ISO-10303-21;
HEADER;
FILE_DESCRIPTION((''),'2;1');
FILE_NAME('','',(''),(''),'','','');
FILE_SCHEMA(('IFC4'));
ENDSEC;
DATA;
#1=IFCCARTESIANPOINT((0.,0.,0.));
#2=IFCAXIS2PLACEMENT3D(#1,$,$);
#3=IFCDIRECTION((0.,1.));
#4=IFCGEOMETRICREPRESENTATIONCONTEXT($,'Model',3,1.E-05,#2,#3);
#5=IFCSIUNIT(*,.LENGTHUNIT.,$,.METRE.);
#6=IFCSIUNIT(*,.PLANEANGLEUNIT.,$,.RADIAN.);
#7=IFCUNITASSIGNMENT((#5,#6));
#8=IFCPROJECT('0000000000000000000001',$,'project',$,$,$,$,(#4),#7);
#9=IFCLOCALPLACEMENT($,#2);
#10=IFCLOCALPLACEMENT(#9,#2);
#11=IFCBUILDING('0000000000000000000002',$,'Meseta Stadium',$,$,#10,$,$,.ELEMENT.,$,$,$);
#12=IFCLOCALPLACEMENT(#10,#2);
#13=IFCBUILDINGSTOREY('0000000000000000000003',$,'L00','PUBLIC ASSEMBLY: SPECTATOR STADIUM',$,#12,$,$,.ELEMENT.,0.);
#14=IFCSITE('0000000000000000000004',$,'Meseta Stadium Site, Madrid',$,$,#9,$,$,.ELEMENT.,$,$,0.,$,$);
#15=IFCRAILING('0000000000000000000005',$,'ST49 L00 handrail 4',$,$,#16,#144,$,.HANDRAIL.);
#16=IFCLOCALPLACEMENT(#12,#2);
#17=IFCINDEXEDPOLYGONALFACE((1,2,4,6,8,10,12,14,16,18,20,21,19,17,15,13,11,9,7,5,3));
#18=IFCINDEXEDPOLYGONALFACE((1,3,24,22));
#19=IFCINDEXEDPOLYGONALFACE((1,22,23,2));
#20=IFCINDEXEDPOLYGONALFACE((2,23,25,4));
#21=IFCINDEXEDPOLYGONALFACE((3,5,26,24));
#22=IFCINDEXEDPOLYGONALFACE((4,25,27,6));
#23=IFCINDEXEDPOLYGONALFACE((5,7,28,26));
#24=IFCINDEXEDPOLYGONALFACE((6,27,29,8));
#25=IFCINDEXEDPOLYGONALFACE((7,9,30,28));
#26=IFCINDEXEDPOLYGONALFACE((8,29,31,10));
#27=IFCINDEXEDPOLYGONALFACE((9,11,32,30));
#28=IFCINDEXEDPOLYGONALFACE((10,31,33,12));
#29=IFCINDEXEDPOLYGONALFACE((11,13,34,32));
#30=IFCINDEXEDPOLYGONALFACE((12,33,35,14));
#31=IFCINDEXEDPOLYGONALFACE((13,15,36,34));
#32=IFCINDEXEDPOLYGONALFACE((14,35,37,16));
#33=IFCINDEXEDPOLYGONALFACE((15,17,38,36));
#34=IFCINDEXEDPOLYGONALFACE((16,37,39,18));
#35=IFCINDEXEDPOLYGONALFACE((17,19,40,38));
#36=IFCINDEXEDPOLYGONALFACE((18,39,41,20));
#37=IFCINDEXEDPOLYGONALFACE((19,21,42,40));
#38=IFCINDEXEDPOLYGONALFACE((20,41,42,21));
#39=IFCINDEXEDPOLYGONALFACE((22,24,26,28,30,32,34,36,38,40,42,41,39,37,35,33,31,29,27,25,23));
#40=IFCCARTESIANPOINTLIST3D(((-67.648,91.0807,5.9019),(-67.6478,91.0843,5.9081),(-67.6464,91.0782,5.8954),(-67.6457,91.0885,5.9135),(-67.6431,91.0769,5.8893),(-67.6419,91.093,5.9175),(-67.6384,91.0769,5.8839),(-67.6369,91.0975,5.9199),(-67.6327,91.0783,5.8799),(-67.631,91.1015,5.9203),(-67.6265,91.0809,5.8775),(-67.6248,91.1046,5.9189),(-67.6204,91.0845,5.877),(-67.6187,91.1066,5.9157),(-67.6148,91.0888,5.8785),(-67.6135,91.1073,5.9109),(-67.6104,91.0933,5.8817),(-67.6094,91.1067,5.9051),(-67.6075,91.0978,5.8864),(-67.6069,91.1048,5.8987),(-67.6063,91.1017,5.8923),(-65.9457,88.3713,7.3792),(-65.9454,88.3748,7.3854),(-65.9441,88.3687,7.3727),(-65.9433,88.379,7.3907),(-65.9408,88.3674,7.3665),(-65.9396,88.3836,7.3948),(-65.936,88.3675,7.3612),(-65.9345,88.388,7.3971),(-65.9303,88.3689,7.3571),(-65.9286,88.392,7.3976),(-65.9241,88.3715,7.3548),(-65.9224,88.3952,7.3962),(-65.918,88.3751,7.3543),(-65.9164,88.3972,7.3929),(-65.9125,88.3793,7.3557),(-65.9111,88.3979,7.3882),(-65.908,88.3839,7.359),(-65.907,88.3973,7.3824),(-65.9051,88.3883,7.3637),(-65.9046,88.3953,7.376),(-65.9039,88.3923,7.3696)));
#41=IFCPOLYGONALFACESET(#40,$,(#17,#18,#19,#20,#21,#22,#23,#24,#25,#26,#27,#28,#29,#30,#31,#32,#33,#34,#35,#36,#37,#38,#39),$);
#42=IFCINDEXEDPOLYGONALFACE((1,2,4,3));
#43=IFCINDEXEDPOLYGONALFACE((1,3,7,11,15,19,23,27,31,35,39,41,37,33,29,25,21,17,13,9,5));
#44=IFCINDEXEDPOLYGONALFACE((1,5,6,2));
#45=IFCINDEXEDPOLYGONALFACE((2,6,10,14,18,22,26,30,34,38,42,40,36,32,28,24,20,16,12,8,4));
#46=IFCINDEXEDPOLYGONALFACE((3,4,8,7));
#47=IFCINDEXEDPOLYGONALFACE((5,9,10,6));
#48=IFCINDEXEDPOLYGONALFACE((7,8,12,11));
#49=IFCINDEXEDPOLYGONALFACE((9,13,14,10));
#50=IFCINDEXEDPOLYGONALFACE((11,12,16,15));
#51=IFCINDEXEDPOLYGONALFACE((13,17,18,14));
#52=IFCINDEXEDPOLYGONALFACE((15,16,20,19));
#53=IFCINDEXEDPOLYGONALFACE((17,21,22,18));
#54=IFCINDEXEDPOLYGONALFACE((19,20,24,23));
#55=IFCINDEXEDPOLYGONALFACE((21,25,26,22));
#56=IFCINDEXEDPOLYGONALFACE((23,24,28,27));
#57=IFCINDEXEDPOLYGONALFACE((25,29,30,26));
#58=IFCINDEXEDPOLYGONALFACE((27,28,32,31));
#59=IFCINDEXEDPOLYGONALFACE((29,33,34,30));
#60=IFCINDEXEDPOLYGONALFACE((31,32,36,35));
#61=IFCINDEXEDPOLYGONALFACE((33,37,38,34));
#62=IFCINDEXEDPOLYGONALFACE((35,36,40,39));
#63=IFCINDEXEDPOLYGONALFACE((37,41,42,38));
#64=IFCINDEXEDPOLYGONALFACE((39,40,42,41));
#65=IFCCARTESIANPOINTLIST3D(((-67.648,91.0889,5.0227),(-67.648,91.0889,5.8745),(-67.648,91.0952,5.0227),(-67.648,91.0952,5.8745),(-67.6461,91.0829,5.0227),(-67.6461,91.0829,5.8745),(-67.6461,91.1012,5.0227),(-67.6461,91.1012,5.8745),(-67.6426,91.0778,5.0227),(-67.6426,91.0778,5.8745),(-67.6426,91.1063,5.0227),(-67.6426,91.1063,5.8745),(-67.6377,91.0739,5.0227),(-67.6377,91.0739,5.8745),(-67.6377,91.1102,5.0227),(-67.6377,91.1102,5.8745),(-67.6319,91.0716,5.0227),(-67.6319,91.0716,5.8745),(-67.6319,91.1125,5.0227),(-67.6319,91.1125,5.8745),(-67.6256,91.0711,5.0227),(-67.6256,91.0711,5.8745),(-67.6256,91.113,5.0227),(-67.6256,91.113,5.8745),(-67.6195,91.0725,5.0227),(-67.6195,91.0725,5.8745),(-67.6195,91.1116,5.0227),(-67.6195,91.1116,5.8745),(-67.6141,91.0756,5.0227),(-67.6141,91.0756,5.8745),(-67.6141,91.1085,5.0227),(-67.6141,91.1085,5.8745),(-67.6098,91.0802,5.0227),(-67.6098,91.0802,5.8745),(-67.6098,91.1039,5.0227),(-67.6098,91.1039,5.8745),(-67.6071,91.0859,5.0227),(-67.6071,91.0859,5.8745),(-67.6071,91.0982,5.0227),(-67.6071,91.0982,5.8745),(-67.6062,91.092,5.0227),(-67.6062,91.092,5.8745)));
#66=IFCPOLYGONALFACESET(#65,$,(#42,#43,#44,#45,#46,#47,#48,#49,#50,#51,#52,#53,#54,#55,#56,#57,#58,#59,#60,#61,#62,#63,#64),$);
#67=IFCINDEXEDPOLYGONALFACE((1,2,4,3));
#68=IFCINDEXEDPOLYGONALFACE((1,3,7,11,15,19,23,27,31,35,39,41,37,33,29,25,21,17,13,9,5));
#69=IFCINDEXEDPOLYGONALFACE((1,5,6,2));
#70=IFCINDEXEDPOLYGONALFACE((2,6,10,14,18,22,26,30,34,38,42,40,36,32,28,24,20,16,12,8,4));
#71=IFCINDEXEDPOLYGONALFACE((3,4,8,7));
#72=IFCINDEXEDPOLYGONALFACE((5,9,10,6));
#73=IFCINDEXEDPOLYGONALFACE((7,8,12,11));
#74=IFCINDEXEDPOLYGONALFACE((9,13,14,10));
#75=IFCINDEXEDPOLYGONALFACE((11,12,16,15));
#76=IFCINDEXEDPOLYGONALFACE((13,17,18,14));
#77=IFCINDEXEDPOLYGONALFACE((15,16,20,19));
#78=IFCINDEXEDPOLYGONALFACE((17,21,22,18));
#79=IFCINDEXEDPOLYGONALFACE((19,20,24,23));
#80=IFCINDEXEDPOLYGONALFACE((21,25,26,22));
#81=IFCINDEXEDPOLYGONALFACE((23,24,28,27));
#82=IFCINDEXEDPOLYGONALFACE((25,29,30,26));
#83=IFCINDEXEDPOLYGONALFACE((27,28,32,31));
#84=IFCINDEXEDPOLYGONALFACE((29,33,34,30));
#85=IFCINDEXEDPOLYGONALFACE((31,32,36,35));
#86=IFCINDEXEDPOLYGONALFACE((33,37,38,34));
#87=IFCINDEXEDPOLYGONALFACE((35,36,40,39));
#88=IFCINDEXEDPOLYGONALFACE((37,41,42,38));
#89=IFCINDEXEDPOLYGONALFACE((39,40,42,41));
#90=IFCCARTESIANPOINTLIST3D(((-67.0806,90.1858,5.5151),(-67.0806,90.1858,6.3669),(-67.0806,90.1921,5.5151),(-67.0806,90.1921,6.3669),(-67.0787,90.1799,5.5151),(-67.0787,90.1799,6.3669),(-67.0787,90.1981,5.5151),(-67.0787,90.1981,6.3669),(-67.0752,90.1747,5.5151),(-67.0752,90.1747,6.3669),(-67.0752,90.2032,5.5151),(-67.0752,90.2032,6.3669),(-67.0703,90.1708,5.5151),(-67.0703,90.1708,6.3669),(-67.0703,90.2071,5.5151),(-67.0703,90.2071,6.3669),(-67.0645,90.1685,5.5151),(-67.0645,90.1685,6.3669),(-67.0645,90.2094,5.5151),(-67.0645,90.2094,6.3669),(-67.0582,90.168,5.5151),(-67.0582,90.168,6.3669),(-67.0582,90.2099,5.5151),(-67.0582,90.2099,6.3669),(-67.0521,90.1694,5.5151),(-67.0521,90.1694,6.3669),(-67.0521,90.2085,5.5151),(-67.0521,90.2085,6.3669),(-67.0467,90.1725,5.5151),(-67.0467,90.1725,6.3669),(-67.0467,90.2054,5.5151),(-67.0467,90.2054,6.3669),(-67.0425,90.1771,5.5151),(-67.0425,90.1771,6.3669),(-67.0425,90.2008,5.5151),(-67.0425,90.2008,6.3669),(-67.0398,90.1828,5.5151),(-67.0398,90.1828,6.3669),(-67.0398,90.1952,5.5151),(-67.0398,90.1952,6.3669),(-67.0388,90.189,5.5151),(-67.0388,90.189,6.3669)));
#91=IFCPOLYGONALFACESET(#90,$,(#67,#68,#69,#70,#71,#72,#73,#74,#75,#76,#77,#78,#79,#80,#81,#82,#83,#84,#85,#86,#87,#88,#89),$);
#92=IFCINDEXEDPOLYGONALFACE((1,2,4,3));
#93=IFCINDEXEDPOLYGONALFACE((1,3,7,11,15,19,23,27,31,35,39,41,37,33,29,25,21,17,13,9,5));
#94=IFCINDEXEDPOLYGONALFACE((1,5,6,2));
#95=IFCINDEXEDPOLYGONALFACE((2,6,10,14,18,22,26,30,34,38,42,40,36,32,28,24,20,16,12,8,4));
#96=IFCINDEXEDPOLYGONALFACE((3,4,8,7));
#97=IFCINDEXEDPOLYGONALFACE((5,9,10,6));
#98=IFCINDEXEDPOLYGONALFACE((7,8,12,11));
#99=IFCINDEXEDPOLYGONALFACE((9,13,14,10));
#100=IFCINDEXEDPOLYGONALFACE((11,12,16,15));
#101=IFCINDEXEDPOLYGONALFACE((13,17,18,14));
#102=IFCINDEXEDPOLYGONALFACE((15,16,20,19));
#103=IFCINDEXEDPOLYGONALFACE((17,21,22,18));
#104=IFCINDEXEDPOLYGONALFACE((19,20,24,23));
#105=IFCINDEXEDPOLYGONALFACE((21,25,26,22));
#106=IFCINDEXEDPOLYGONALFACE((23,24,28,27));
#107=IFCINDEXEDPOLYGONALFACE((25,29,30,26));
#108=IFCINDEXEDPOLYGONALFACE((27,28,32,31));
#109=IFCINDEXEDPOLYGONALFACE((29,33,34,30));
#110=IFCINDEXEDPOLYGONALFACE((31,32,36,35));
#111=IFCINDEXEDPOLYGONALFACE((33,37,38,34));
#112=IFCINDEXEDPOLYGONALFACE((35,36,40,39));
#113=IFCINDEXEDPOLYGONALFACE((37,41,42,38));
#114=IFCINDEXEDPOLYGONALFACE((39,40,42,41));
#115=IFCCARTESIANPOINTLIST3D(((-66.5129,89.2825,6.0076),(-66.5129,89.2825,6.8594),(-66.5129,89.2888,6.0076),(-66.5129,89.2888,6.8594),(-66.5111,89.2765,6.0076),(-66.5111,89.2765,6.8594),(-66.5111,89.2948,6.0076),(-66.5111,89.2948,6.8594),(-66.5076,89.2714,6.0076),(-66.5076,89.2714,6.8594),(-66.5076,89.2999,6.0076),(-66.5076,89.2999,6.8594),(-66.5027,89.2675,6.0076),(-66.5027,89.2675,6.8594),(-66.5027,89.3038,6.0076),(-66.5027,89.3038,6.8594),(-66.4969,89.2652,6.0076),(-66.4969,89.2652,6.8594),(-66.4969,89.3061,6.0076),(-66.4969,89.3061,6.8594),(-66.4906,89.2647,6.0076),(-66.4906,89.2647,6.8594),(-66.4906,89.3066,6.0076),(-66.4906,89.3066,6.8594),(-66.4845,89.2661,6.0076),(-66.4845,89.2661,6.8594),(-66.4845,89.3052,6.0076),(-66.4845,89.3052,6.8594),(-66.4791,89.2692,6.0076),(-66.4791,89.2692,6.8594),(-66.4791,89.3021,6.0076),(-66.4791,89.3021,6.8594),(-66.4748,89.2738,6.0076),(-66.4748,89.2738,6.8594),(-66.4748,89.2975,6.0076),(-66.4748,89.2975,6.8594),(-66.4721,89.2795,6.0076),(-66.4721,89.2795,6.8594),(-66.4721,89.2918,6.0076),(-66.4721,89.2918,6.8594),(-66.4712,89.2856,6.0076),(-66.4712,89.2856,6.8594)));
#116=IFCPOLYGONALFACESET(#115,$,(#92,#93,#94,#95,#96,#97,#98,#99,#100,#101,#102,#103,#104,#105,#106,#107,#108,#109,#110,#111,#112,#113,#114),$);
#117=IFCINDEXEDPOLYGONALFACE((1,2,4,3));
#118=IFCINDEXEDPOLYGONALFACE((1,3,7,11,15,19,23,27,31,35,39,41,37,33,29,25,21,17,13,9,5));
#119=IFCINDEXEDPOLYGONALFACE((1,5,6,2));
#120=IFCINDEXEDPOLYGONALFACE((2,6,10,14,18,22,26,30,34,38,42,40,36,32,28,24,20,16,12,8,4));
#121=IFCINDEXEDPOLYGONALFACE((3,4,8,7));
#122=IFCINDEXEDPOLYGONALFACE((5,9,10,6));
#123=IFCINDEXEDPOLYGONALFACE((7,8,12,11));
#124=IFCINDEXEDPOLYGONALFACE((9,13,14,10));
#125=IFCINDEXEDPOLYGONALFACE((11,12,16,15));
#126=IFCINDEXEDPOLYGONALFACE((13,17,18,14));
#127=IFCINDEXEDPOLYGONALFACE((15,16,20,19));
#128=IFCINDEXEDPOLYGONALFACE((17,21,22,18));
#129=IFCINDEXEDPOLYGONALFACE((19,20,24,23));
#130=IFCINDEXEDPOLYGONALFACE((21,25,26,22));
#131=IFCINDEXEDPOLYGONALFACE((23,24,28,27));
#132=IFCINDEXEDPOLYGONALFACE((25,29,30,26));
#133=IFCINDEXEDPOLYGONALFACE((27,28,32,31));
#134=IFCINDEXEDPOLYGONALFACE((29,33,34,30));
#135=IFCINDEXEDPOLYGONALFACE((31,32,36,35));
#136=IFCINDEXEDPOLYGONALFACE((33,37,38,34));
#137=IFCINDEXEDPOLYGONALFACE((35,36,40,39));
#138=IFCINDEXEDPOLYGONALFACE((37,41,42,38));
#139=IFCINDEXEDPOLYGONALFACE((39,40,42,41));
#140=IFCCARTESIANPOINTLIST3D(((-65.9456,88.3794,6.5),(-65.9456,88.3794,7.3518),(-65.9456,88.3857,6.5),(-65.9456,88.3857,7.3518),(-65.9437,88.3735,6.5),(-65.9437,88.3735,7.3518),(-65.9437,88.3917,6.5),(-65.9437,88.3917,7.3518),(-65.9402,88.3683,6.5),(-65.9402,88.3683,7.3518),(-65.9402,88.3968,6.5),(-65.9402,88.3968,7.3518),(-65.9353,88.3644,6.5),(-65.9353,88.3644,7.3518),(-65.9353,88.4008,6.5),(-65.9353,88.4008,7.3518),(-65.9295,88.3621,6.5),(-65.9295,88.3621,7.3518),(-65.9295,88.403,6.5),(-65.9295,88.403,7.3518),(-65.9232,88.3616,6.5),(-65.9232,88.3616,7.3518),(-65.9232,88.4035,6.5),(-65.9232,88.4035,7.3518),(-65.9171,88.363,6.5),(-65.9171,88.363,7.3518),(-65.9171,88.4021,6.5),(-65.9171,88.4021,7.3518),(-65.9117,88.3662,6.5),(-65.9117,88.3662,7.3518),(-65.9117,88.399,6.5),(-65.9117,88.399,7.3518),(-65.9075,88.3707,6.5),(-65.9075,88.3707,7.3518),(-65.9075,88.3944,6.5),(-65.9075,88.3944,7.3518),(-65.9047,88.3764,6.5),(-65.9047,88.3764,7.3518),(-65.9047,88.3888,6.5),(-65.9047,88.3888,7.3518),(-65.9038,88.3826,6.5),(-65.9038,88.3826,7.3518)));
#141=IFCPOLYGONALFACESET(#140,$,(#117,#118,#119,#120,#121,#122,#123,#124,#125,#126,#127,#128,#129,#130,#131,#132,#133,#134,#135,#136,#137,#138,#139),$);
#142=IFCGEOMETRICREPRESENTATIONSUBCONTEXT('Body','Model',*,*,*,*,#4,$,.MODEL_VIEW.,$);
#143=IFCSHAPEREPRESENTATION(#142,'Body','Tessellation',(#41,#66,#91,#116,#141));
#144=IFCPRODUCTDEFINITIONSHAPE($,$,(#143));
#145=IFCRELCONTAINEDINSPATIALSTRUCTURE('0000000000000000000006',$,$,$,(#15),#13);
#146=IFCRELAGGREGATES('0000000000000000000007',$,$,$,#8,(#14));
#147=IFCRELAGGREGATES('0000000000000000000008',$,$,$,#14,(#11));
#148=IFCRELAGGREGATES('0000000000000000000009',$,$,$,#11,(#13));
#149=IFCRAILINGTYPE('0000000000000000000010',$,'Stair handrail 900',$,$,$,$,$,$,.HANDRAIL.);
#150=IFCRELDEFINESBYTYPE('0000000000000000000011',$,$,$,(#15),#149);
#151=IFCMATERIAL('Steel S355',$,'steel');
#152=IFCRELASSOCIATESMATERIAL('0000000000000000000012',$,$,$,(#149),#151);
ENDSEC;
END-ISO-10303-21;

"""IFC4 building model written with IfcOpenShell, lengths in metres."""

from ifc_helpers import new_model, si_unit, direction, frame, origin, origin_2d, place, context, subcontext, project, spatial, circle, extrude, material, type_object, element, save


model = new_model("IFC4")

# Units and contexts
model_context = context("Model", 3, precision=1e-05, world=origin(), true_north=direction((0.0, 1.0)))
body_context = subcontext(model_context, "Body", "Model", "MODEL_VIEW")
ifc_project = project(units=[si_unit("LENGTHUNIT", "METRE"), si_unit("PLANEANGLEUNIT", "RADIAN")], contexts=[model_context])

# Site, building, storey
site_placement = place(None, origin())
site = spatial("IfcSite", under=ifc_project, at=site_placement, Name="Meseta Stadium Site, Madrid", CompositionType="ELEMENT", RefElevation=0.0)
building_placement = place(site_placement, origin())
building = spatial("IfcBuilding", under=site, at=building_placement, Name="Meseta Stadium", CompositionType="ELEMENT")
storey_placement = place(building_placement, origin())
storey = spatial("IfcBuildingStorey", under=building, at=storey_placement, Name="L00", Description="PUBLIC ASSEMBLY: SPECTATOR STADIUM", CompositionType="ELEMENT", Elevation=0.0)

# Railing
ifc_material_1 = material(Name="Steel S355", Category="steel")
railing_type_1 = type_object("IfcRailingType", Name="Stair handrail 900", PredefinedType="HANDRAIL", material=ifc_material_1)
for number, where, name in (
    (1, (-67.6272, 91.092, 5.0227), "ST49 L00 handrail 4"),
):
    element("IfcRailing", number, at=place(storey_placement, frame(where)), inside=storey, type_object=railing_type_1, Name=name, PredefinedType="HANDRAIL", context=body_context, shape_type="SweptSolid", body=[
        extrude(circle(Radius=0.0239, at=origin_2d()), frame((0.0, 0.0, 0.876), z_axis=(0.483023, -0.768764, 0.419156), x_axis=(0.846736, 0.532014, 0.0)), (0.0, 0.0, 1.0), 3.5244),
        extrude(circle(Radius=0.021, at=origin_2d()), origin(), (0.0, 0.0, 1.0), 0.8518),
        extrude(circle(Radius=0.021, at=origin_2d()), frame((0.5674, -0.9031, 0.4924)), (0.0, 0.0, 1.0), 0.8518),
        extrude(circle(Radius=0.021, at=origin_2d()), frame((1.135, -1.8064, 0.9849)), (0.0, 0.0, 1.0), 0.8518),
        extrude(circle(Radius=0.021, at=origin_2d()), frame((1.7024, -2.7095, 1.4773)), (0.0, 0.0, 1.0), 0.8518),
    ])

save(model, "model.ifc")
